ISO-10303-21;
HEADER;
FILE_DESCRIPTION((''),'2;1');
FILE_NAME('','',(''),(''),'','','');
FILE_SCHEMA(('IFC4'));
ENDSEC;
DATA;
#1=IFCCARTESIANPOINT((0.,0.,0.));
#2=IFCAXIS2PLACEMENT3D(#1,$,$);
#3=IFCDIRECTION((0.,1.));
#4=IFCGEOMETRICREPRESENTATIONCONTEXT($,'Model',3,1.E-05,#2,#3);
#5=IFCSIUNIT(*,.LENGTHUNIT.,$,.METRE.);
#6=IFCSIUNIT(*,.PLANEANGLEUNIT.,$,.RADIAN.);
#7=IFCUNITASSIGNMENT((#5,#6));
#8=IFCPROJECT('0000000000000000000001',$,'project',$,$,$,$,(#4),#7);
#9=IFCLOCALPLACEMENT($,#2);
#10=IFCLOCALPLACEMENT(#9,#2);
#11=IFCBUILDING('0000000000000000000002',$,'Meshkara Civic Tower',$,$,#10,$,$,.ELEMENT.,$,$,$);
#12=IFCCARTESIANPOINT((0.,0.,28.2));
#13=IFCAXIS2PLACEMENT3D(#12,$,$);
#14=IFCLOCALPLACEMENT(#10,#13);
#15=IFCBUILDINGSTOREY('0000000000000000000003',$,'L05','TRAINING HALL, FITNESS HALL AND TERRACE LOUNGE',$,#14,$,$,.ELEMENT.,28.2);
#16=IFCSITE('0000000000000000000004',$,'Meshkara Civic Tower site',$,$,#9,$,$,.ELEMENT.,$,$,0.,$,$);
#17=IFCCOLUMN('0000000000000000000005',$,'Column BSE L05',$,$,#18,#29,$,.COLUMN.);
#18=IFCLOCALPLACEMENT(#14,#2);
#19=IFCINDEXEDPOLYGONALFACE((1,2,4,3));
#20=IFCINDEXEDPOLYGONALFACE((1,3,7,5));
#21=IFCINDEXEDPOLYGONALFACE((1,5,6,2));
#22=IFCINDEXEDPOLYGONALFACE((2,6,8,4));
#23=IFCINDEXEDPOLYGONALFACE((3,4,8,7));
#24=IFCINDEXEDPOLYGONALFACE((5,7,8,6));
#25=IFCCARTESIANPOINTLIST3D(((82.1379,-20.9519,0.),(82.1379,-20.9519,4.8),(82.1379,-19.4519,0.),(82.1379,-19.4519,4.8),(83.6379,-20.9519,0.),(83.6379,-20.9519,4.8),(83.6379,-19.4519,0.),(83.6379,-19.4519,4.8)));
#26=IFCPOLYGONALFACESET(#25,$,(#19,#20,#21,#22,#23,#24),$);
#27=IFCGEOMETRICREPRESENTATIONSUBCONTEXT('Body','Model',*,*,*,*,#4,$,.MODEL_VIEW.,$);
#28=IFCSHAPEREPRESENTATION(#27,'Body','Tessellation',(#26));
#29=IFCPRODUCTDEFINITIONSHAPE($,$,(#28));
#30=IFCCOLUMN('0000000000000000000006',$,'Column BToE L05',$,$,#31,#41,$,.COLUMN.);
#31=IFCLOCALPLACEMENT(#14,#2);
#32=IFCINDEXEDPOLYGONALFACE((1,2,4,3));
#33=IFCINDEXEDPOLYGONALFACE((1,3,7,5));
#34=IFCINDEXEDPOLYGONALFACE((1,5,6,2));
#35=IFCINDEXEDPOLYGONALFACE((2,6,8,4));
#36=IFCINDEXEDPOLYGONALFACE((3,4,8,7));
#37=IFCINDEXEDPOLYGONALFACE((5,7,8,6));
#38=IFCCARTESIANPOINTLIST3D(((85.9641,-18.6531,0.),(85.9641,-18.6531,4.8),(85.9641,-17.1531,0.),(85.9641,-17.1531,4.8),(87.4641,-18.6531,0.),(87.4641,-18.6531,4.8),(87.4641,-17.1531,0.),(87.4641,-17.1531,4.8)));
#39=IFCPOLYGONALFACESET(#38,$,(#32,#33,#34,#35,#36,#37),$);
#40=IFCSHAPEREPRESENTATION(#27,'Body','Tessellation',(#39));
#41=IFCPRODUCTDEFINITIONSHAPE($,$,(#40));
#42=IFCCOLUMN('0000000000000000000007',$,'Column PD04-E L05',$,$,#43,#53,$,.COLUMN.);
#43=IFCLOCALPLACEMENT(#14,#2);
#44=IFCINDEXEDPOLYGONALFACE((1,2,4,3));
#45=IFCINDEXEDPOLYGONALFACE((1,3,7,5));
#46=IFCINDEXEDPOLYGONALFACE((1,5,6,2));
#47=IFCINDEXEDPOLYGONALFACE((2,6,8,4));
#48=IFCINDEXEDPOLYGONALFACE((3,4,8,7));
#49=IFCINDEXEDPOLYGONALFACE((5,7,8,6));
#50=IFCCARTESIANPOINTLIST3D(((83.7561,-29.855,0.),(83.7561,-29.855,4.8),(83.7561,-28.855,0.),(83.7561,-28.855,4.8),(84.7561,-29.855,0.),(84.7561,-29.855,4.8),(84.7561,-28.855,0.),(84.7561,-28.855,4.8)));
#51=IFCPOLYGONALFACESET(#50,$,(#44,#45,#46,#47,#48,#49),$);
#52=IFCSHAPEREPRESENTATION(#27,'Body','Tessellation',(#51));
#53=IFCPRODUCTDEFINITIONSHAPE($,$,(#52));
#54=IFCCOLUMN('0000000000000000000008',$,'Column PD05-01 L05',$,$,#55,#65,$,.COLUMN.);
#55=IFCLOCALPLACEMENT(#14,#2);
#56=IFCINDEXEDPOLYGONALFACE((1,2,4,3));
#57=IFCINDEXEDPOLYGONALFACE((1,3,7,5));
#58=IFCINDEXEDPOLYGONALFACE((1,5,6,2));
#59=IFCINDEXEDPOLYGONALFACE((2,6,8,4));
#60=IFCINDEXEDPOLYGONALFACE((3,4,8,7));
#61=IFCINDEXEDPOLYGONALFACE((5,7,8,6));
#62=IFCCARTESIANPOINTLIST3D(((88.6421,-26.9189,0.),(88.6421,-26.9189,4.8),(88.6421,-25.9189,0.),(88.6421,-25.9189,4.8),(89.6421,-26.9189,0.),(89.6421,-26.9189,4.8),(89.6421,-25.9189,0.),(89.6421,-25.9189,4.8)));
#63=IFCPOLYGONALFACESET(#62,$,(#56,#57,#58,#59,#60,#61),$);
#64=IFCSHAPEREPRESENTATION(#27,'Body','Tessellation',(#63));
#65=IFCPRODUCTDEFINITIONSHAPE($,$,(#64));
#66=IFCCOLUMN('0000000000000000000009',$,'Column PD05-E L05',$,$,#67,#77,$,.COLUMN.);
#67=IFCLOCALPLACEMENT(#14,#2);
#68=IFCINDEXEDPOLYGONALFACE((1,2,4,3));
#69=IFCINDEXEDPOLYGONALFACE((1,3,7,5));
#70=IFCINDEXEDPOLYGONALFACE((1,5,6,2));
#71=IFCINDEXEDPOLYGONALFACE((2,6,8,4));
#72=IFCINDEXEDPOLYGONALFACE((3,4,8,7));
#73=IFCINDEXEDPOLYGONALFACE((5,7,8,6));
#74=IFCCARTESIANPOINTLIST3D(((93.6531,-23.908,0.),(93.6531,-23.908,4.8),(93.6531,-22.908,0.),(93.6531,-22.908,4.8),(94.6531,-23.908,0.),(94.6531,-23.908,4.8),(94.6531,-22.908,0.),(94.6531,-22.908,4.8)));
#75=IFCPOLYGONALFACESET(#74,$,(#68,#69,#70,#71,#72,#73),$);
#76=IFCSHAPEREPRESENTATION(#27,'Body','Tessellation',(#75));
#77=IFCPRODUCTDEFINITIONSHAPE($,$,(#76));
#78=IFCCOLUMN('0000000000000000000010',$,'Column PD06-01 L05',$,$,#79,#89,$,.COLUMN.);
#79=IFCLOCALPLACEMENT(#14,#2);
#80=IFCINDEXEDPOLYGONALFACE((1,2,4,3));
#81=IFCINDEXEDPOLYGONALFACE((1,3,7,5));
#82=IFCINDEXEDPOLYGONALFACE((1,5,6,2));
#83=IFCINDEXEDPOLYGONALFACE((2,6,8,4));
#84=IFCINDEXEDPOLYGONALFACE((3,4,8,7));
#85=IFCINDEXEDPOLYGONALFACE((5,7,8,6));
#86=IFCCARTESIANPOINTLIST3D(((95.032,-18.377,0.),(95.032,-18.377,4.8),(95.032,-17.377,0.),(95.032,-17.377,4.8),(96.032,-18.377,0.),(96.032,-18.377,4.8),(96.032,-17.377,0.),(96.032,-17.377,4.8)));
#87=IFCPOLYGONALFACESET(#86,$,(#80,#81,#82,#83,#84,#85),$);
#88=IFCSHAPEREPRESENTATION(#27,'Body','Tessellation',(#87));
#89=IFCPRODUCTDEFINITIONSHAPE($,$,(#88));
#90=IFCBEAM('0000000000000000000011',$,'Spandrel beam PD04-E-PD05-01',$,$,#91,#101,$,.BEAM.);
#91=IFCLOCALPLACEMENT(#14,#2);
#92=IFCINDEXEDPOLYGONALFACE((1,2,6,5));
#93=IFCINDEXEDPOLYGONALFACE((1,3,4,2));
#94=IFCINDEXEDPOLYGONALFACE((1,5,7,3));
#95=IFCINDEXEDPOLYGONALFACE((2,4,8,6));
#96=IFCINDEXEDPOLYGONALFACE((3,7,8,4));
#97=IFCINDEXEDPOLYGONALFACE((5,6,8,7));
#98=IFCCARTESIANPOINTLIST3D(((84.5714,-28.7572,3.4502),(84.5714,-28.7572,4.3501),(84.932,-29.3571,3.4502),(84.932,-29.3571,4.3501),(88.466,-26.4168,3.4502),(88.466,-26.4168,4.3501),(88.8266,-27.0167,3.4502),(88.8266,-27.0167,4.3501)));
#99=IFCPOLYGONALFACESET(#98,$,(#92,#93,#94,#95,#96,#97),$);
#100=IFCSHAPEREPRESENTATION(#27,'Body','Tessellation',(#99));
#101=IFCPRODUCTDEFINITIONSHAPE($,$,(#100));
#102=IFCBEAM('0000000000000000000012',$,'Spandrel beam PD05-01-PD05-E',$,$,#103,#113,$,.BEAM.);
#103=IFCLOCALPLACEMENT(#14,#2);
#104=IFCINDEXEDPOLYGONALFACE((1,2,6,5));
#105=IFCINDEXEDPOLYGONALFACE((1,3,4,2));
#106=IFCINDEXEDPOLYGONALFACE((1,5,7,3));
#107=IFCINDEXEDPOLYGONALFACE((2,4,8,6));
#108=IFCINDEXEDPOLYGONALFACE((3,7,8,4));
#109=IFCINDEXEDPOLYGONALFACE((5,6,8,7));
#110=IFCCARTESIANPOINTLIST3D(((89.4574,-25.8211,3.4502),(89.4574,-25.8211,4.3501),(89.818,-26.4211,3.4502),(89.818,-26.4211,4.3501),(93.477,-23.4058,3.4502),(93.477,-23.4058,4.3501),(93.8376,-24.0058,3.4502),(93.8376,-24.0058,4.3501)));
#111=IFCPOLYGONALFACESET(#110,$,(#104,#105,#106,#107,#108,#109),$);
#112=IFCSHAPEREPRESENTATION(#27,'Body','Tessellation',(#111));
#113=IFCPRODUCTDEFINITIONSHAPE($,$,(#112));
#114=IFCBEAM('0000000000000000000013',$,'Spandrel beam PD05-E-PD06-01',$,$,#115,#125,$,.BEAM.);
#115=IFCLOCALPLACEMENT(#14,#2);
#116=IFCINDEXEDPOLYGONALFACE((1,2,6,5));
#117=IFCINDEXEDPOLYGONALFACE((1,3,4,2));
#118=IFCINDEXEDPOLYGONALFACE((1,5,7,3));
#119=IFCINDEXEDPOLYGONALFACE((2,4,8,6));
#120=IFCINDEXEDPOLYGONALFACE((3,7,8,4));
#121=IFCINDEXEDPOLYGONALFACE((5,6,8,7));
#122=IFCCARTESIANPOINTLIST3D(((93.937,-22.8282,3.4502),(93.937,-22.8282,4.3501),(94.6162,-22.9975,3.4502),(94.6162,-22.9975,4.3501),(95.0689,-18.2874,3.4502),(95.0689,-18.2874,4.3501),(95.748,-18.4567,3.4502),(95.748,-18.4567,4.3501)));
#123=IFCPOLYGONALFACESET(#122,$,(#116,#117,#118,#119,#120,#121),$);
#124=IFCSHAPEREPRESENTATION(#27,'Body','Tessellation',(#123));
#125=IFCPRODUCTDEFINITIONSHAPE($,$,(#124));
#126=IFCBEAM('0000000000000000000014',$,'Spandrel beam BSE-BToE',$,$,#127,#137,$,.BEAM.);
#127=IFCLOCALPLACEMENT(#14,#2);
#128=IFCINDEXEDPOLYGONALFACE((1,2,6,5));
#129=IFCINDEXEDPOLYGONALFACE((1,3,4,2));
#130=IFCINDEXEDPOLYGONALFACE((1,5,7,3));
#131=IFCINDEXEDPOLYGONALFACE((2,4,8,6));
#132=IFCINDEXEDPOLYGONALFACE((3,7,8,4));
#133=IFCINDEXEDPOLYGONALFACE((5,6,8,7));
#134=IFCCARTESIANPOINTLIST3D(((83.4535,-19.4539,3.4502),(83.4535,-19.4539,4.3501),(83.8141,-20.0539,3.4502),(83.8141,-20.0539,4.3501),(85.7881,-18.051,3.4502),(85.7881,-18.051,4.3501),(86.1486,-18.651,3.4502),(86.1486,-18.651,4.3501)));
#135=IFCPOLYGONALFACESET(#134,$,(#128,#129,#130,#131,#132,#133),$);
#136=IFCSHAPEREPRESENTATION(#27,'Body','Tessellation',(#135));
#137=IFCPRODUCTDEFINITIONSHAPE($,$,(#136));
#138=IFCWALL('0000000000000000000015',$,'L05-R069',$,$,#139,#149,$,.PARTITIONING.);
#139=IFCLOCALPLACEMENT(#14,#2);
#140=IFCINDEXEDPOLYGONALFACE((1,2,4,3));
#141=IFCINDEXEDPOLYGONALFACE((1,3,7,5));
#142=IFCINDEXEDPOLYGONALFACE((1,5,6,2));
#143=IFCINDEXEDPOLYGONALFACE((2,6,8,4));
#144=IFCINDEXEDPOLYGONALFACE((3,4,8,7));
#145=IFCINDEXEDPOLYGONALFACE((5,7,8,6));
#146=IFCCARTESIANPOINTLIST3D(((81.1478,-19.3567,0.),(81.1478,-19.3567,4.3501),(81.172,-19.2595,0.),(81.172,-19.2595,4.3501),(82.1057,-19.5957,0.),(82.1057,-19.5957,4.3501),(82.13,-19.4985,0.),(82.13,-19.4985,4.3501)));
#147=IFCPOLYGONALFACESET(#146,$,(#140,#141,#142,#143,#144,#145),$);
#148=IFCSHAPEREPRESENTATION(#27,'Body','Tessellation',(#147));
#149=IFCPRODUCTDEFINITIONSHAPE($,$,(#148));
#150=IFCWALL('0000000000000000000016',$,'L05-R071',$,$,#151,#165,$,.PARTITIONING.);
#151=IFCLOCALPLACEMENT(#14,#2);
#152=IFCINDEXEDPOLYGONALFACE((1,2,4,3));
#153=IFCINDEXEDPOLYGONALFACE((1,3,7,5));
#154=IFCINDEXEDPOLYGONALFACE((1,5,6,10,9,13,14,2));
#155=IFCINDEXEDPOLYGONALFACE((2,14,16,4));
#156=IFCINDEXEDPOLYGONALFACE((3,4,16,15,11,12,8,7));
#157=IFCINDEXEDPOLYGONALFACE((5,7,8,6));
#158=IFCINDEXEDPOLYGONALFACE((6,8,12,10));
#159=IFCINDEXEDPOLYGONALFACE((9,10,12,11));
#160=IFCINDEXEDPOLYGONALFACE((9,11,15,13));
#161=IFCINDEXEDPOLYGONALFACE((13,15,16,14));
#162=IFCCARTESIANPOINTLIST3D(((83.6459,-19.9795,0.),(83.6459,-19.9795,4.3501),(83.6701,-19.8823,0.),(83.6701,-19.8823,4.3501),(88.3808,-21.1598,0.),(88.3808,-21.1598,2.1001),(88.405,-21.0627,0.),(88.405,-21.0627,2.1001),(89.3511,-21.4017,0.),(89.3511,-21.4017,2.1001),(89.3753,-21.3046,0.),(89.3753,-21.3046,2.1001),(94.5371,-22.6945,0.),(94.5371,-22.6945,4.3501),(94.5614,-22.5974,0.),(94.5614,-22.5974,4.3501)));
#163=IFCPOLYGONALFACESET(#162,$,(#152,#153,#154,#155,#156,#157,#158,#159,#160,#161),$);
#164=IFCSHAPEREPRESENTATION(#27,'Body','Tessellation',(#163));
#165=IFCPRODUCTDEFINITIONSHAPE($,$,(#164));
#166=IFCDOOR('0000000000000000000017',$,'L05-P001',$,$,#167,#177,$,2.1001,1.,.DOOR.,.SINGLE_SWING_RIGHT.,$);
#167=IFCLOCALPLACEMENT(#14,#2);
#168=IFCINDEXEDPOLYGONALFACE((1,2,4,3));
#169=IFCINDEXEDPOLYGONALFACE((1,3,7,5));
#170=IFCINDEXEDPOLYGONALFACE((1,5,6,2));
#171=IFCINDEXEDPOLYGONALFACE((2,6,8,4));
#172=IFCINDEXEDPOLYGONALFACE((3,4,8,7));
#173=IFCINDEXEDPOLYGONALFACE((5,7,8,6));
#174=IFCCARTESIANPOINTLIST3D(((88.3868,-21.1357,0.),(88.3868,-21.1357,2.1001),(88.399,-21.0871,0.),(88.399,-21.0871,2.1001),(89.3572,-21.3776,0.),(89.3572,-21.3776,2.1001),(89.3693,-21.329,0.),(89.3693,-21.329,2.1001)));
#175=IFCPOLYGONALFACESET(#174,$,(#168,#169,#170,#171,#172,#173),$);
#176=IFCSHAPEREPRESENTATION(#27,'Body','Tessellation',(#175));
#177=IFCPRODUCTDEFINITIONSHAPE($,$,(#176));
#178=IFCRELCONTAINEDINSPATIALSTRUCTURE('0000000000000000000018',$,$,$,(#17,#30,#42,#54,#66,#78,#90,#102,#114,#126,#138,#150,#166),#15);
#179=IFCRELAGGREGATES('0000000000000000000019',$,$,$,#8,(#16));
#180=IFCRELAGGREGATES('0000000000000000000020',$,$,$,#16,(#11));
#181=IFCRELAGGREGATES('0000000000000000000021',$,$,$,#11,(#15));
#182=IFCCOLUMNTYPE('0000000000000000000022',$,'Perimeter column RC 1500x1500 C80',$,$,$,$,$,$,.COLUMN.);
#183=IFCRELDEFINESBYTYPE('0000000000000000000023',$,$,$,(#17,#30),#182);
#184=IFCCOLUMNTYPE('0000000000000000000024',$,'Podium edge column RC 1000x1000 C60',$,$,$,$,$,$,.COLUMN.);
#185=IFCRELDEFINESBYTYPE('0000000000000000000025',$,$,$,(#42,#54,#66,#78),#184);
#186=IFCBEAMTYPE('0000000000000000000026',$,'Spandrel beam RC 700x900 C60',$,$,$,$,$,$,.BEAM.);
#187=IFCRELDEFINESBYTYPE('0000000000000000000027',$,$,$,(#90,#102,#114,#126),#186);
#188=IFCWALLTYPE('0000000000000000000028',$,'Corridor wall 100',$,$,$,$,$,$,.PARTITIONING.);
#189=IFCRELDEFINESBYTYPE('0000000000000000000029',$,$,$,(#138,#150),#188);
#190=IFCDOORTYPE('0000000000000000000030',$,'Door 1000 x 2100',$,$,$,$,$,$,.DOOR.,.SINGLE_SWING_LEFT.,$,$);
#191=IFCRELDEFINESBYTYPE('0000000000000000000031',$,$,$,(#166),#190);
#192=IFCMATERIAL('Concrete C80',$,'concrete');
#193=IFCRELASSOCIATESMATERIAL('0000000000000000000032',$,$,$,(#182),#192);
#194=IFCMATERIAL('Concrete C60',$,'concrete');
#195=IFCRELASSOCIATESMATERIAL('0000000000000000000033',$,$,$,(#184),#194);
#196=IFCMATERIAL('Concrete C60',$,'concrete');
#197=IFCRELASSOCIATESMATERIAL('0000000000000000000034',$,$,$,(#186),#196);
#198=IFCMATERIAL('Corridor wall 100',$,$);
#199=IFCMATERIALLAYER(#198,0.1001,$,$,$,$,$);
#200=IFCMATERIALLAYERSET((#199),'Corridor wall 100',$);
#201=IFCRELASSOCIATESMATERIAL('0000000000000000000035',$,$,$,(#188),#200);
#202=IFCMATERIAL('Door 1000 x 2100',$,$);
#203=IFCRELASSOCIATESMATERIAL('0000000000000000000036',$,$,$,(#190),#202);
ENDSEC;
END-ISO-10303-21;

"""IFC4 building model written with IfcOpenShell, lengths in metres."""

from ifc_helpers import new_model, si_unit, direction, frame, frame_2d, origin, origin_2d, place, context, subcontext, project, spatial, rectangle, extrude, material, layer, layer_set, material_profile, profile_set, type_object, element, fill, save


model = new_model("IFC4")

# Units and contexts
model_context = context("Model", 3, precision=1e-05, world=origin(), true_north=direction((0.0, 1.0)))
body_context = subcontext(model_context, "Body", "Model", "MODEL_VIEW")
ifc_project = project(units=[si_unit("LENGTHUNIT", "METRE"), si_unit("PLANEANGLEUNIT", "RADIAN")], contexts=[model_context])

# Site, building, storey
site_placement = place(None, origin())
site = spatial("IfcSite", under=ifc_project, at=site_placement, Name="Meshkara Civic Tower site", CompositionType="ELEMENT", RefElevation=0.0)
building_placement = place(site_placement, origin())
building = spatial("IfcBuilding", under=site, at=building_placement, Name="Meshkara Civic Tower", CompositionType="ELEMENT")
storey_placement = place(building_placement, frame((0.0, 0.0, 28.2)))
storey = spatial("IfcBuildingStorey", under=building, at=storey_placement, Name="L05", Description="TRAINING HALL, FITNESS HALL AND TERRACE LOUNGE", CompositionType="ELEMENT", Elevation=28.2)

# Columns
ifc_material_1 = material(Name="Concrete C80", Category="concrete")
ifc_material_profile_1 = material_profile(ifc_material_1, rectangle(XDim=1.5, YDim=1.5, at=origin_2d()))
ifc_profile_set_1 = profile_set([ifc_material_profile_1], Name="Concrete C80")
column_type_1 = type_object("IfcColumnType", Name="Perimeter column RC 1500x1500 C80", PredefinedType="COLUMN", material=ifc_profile_set_1)
for number, where, z_axis, x_axis, name in (
    (1, (82.8879, -20.2019, 0.0), (0.0, 0.0, 1.0), (1.0, 0.0, 0.0), "Column BSE L05"),
    (2, (86.7141, -17.9031, 0.0), (0.0, 0.0, 1.0), (1.0, 0.0, 0.0), "Column BToE L05"),
):
    element("IfcColumn", number, at=place(storey_placement, frame(where, z_axis=z_axis, x_axis=x_axis)), inside=storey, type_object=column_type_1, Name=name, PredefinedType="COLUMN", context=body_context, shape_type="SweptSolid", body=[
        extrude(rectangle(XDim=1.5, YDim=1.5, at=origin_2d()), origin(), (0.0, 0.0, 1.0), 4.8),
    ])
ifc_material_2 = material(Name="Concrete C60", Category="concrete")
ifc_material_profile_2 = material_profile(ifc_material_2, rectangle(XDim=1.0, YDim=1.0, at=origin_2d()))
ifc_profile_set_2 = profile_set([ifc_material_profile_2], Name="Concrete C60")
column_type_2 = type_object("IfcColumnType", Name="Podium edge column RC 1000x1000 C60", PredefinedType="COLUMN", material=ifc_profile_set_2)
for number, where, z_axis, x_axis, name in (
    (3, (84.2561, -29.355, 0.0), (0.0, 0.0, 1.0), (1.0, 0.0, 0.0), "Column PD04-E L05"),
    (4, (89.1421, -26.4189, 0.0), (0.0, 0.0, 1.0), (1.0, 0.0, 0.0), "Column PD05-01 L05"),
    (5, (94.1531, -23.408, 0.0), (0.0, 0.0, 1.0), (1.0, 0.0, 0.0), "Column PD05-E L05"),
    (6, (95.532, -17.877, 0.0), (0.0, 0.0, 1.0), (1.0, 0.0, 0.0), "Column PD06-01 L05"),
):
    element("IfcColumn", number, at=place(storey_placement, frame(where, z_axis=z_axis, x_axis=x_axis)), inside=storey, type_object=column_type_2, Name=name, PredefinedType="COLUMN", context=body_context, shape_type="SweptSolid", body=[
        extrude(rectangle(XDim=1.0, YDim=1.0, at=origin_2d()), origin(), (0.0, 0.0, 1.0), 4.8),
    ])

# Beams
ifc_material_3 = material(Name="Concrete C60", Category="concrete")
ifc_material_profile_3 = material_profile(ifc_material_3, rectangle(XDim=0.7, YDim=0.8999, at=origin_2d()))
ifc_profile_set_3 = profile_set([ifc_material_profile_3], Name="Concrete C60")
beam_type = type_object("IfcBeamType", Name="Spandrel beam RC 700x900 C60", PredefinedType="BEAM", material=ifc_profile_set_3)
beam_1_placement = place(storey_placement, frame((84.7517, -29.0571, 3.9001), z_axis=(0.857142, 0.51508, 0.0), x_axis=(-0.51508, 0.857142, 0.0)))
element("IfcBeam", 7, at=beam_1_placement, inside=storey, type_object=beam_type, Name="Spandrel beam PD04-E-PD05-01", PredefinedType="BEAM", context=body_context, shape_type="SweptSolid", body=[
    extrude(rectangle(XDim=0.7, YDim=0.8999, at=origin_2d()), origin(), (0.0, 0.0, 1.0), 4.5437),
])
beam_2_placement = place(storey_placement, frame((89.6377, -26.1211, 3.9001), z_axis=(0.857157, 0.515055, 0.0), x_axis=(-0.515055, 0.857157, 0.0)))
element("IfcBeam", 8, at=beam_2_placement, inside=storey, type_object=beam_type, Name="Spandrel beam PD05-01-PD05-E", PredefinedType="BEAM", context=body_context, shape_type="SweptSolid", body=[
    extrude(rectangle(XDim=0.7, YDim=0.8999, at=origin_2d()), origin(), (0.0, 0.0, 1.0), 4.6895),
])
beam_3_placement = place(storey_placement, frame((94.2766, -22.9128, 3.9001), z_axis=(0.24186, 0.970311, 0.0), x_axis=(-0.970311, 0.24186, 0.0)))
element("IfcBeam", 9, at=beam_3_placement, inside=storey, type_object=beam_type, Name="Spandrel beam PD05-E-PD06-01", PredefinedType="BEAM", context=body_context, shape_type="SweptSolid", body=[
    extrude(rectangle(XDim=0.7, YDim=0.8999, at=origin_2d()), origin(), (0.0, 0.0, 1.0), 4.6797),
])
beam_4_placement = place(storey_placement, frame((83.6338, -19.7539, 3.9001), z_axis=(0.857145, 0.515076, 0.0), x_axis=(-0.515076, 0.857145, 0.0)))
element("IfcBeam", 10, at=beam_4_placement, inside=storey, type_object=beam_type, Name="Spandrel beam BSE-BToE", PredefinedType="BEAM", context=body_context, shape_type="SweptSolid", body=[
    extrude(rectangle(XDim=0.7, YDim=0.8999, at=origin_2d()), origin(), (0.0, 0.0, 1.0), 2.7236),
])

# Wall
ifc_material_4 = material(Name="Corridor wall 100")
ifc_layer_1 = layer(ifc_material_4, 0.1001)
ifc_layer_set_1 = layer_set([ifc_layer_1], Name="Corridor wall 100")
wall_type_1 = type_object("IfcWallType", Name="Corridor wall 100", PredefinedType="PARTITIONING", material=ifc_layer_set_1)
wall_1_placement = place(storey_placement, frame((81.1599, -19.3081, 0.0), z_axis=(0.0, 0.0, 1.0), x_axis=(0.970259, -0.24207, 0.0)))
element("IfcWall", 11, at=wall_1_placement, inside=storey, type_object=wall_type_1, Name="L05-R069", PredefinedType="PARTITIONING", context=body_context, shape_type="SweptSolid", body=[
    extrude(rectangle(XDim=0.9873, YDim=0.1001, at=frame_2d((0.4937, 0.0))), origin(), (0.0, 0.0, 1.0), 4.3501),
])

# Wall, opening, door
wall_2_placement = place(storey_placement, frame((83.658, -19.9309, 0.0), z_axis=(0.0, 0.0, 1.0), x_axis=(0.970305, -0.241886, 0.0)))
wall_2 = element("IfcWall", 12, at=wall_2_placement, inside=storey, type_object=wall_type_1, Name="L05-R071", PredefinedType="PARTITIONING", context=body_context, shape_type="SweptSolid", body=[
    extrude(rectangle(XDim=11.2246, YDim=0.1001, at=frame_2d((5.6123, 0.0))), origin(), (0.0, 0.0, 1.0), 4.3501),
])
opening_1_placement = place(wall_2_placement, frame((4.8799, 0.0, 0.0)))
opening_1 = element("IfcOpeningElement", 13, at=opening_1_placement, cuts=wall_2, PredefinedType="OPENING", context=body_context, shape_type="SweptSolid", body=[
    extrude(rectangle(XDim=1.0, YDim=2.1001, at=frame_2d((0.5, 1.05))), frame((0.0, 0.0601, 0.0), z_axis=(0.0, -1.0, 0.0), x_axis=(1.0, 0.0, 0.0)), (0.0, 0.0, 1.0), 0.1201),
])
ifc_material_5 = material(Name="Door 1000 x 2100")
door_type = type_object("IfcDoorType", Name="Door 1000 x 2100", OperationType="SINGLE_SWING_LEFT", PredefinedType="DOOR", material=ifc_material_5)
door_placement = place(opening_1_placement, origin())
door = element("IfcDoor", 14, at=door_placement, inside=storey, type_object=door_type, Name="L05-P001", OperationType="SINGLE_SWING_RIGHT", OverallHeight=2.1001, OverallWidth=1.0, PredefinedType="DOOR", context=body_context, shape_type="SweptSolid", body=[
    extrude(rectangle(XDim=1.0, YDim=2.1001, at=frame_2d((0.5, 1.05))), frame((0.0, 0.0249, 0.0), z_axis=(0.0, -1.0, 0.0), x_axis=(1.0, 0.0, 0.0)), (0.0, 0.0, 1.0), 0.05),
])
fill(opening_1, door)

save(model, "model.ifc")
